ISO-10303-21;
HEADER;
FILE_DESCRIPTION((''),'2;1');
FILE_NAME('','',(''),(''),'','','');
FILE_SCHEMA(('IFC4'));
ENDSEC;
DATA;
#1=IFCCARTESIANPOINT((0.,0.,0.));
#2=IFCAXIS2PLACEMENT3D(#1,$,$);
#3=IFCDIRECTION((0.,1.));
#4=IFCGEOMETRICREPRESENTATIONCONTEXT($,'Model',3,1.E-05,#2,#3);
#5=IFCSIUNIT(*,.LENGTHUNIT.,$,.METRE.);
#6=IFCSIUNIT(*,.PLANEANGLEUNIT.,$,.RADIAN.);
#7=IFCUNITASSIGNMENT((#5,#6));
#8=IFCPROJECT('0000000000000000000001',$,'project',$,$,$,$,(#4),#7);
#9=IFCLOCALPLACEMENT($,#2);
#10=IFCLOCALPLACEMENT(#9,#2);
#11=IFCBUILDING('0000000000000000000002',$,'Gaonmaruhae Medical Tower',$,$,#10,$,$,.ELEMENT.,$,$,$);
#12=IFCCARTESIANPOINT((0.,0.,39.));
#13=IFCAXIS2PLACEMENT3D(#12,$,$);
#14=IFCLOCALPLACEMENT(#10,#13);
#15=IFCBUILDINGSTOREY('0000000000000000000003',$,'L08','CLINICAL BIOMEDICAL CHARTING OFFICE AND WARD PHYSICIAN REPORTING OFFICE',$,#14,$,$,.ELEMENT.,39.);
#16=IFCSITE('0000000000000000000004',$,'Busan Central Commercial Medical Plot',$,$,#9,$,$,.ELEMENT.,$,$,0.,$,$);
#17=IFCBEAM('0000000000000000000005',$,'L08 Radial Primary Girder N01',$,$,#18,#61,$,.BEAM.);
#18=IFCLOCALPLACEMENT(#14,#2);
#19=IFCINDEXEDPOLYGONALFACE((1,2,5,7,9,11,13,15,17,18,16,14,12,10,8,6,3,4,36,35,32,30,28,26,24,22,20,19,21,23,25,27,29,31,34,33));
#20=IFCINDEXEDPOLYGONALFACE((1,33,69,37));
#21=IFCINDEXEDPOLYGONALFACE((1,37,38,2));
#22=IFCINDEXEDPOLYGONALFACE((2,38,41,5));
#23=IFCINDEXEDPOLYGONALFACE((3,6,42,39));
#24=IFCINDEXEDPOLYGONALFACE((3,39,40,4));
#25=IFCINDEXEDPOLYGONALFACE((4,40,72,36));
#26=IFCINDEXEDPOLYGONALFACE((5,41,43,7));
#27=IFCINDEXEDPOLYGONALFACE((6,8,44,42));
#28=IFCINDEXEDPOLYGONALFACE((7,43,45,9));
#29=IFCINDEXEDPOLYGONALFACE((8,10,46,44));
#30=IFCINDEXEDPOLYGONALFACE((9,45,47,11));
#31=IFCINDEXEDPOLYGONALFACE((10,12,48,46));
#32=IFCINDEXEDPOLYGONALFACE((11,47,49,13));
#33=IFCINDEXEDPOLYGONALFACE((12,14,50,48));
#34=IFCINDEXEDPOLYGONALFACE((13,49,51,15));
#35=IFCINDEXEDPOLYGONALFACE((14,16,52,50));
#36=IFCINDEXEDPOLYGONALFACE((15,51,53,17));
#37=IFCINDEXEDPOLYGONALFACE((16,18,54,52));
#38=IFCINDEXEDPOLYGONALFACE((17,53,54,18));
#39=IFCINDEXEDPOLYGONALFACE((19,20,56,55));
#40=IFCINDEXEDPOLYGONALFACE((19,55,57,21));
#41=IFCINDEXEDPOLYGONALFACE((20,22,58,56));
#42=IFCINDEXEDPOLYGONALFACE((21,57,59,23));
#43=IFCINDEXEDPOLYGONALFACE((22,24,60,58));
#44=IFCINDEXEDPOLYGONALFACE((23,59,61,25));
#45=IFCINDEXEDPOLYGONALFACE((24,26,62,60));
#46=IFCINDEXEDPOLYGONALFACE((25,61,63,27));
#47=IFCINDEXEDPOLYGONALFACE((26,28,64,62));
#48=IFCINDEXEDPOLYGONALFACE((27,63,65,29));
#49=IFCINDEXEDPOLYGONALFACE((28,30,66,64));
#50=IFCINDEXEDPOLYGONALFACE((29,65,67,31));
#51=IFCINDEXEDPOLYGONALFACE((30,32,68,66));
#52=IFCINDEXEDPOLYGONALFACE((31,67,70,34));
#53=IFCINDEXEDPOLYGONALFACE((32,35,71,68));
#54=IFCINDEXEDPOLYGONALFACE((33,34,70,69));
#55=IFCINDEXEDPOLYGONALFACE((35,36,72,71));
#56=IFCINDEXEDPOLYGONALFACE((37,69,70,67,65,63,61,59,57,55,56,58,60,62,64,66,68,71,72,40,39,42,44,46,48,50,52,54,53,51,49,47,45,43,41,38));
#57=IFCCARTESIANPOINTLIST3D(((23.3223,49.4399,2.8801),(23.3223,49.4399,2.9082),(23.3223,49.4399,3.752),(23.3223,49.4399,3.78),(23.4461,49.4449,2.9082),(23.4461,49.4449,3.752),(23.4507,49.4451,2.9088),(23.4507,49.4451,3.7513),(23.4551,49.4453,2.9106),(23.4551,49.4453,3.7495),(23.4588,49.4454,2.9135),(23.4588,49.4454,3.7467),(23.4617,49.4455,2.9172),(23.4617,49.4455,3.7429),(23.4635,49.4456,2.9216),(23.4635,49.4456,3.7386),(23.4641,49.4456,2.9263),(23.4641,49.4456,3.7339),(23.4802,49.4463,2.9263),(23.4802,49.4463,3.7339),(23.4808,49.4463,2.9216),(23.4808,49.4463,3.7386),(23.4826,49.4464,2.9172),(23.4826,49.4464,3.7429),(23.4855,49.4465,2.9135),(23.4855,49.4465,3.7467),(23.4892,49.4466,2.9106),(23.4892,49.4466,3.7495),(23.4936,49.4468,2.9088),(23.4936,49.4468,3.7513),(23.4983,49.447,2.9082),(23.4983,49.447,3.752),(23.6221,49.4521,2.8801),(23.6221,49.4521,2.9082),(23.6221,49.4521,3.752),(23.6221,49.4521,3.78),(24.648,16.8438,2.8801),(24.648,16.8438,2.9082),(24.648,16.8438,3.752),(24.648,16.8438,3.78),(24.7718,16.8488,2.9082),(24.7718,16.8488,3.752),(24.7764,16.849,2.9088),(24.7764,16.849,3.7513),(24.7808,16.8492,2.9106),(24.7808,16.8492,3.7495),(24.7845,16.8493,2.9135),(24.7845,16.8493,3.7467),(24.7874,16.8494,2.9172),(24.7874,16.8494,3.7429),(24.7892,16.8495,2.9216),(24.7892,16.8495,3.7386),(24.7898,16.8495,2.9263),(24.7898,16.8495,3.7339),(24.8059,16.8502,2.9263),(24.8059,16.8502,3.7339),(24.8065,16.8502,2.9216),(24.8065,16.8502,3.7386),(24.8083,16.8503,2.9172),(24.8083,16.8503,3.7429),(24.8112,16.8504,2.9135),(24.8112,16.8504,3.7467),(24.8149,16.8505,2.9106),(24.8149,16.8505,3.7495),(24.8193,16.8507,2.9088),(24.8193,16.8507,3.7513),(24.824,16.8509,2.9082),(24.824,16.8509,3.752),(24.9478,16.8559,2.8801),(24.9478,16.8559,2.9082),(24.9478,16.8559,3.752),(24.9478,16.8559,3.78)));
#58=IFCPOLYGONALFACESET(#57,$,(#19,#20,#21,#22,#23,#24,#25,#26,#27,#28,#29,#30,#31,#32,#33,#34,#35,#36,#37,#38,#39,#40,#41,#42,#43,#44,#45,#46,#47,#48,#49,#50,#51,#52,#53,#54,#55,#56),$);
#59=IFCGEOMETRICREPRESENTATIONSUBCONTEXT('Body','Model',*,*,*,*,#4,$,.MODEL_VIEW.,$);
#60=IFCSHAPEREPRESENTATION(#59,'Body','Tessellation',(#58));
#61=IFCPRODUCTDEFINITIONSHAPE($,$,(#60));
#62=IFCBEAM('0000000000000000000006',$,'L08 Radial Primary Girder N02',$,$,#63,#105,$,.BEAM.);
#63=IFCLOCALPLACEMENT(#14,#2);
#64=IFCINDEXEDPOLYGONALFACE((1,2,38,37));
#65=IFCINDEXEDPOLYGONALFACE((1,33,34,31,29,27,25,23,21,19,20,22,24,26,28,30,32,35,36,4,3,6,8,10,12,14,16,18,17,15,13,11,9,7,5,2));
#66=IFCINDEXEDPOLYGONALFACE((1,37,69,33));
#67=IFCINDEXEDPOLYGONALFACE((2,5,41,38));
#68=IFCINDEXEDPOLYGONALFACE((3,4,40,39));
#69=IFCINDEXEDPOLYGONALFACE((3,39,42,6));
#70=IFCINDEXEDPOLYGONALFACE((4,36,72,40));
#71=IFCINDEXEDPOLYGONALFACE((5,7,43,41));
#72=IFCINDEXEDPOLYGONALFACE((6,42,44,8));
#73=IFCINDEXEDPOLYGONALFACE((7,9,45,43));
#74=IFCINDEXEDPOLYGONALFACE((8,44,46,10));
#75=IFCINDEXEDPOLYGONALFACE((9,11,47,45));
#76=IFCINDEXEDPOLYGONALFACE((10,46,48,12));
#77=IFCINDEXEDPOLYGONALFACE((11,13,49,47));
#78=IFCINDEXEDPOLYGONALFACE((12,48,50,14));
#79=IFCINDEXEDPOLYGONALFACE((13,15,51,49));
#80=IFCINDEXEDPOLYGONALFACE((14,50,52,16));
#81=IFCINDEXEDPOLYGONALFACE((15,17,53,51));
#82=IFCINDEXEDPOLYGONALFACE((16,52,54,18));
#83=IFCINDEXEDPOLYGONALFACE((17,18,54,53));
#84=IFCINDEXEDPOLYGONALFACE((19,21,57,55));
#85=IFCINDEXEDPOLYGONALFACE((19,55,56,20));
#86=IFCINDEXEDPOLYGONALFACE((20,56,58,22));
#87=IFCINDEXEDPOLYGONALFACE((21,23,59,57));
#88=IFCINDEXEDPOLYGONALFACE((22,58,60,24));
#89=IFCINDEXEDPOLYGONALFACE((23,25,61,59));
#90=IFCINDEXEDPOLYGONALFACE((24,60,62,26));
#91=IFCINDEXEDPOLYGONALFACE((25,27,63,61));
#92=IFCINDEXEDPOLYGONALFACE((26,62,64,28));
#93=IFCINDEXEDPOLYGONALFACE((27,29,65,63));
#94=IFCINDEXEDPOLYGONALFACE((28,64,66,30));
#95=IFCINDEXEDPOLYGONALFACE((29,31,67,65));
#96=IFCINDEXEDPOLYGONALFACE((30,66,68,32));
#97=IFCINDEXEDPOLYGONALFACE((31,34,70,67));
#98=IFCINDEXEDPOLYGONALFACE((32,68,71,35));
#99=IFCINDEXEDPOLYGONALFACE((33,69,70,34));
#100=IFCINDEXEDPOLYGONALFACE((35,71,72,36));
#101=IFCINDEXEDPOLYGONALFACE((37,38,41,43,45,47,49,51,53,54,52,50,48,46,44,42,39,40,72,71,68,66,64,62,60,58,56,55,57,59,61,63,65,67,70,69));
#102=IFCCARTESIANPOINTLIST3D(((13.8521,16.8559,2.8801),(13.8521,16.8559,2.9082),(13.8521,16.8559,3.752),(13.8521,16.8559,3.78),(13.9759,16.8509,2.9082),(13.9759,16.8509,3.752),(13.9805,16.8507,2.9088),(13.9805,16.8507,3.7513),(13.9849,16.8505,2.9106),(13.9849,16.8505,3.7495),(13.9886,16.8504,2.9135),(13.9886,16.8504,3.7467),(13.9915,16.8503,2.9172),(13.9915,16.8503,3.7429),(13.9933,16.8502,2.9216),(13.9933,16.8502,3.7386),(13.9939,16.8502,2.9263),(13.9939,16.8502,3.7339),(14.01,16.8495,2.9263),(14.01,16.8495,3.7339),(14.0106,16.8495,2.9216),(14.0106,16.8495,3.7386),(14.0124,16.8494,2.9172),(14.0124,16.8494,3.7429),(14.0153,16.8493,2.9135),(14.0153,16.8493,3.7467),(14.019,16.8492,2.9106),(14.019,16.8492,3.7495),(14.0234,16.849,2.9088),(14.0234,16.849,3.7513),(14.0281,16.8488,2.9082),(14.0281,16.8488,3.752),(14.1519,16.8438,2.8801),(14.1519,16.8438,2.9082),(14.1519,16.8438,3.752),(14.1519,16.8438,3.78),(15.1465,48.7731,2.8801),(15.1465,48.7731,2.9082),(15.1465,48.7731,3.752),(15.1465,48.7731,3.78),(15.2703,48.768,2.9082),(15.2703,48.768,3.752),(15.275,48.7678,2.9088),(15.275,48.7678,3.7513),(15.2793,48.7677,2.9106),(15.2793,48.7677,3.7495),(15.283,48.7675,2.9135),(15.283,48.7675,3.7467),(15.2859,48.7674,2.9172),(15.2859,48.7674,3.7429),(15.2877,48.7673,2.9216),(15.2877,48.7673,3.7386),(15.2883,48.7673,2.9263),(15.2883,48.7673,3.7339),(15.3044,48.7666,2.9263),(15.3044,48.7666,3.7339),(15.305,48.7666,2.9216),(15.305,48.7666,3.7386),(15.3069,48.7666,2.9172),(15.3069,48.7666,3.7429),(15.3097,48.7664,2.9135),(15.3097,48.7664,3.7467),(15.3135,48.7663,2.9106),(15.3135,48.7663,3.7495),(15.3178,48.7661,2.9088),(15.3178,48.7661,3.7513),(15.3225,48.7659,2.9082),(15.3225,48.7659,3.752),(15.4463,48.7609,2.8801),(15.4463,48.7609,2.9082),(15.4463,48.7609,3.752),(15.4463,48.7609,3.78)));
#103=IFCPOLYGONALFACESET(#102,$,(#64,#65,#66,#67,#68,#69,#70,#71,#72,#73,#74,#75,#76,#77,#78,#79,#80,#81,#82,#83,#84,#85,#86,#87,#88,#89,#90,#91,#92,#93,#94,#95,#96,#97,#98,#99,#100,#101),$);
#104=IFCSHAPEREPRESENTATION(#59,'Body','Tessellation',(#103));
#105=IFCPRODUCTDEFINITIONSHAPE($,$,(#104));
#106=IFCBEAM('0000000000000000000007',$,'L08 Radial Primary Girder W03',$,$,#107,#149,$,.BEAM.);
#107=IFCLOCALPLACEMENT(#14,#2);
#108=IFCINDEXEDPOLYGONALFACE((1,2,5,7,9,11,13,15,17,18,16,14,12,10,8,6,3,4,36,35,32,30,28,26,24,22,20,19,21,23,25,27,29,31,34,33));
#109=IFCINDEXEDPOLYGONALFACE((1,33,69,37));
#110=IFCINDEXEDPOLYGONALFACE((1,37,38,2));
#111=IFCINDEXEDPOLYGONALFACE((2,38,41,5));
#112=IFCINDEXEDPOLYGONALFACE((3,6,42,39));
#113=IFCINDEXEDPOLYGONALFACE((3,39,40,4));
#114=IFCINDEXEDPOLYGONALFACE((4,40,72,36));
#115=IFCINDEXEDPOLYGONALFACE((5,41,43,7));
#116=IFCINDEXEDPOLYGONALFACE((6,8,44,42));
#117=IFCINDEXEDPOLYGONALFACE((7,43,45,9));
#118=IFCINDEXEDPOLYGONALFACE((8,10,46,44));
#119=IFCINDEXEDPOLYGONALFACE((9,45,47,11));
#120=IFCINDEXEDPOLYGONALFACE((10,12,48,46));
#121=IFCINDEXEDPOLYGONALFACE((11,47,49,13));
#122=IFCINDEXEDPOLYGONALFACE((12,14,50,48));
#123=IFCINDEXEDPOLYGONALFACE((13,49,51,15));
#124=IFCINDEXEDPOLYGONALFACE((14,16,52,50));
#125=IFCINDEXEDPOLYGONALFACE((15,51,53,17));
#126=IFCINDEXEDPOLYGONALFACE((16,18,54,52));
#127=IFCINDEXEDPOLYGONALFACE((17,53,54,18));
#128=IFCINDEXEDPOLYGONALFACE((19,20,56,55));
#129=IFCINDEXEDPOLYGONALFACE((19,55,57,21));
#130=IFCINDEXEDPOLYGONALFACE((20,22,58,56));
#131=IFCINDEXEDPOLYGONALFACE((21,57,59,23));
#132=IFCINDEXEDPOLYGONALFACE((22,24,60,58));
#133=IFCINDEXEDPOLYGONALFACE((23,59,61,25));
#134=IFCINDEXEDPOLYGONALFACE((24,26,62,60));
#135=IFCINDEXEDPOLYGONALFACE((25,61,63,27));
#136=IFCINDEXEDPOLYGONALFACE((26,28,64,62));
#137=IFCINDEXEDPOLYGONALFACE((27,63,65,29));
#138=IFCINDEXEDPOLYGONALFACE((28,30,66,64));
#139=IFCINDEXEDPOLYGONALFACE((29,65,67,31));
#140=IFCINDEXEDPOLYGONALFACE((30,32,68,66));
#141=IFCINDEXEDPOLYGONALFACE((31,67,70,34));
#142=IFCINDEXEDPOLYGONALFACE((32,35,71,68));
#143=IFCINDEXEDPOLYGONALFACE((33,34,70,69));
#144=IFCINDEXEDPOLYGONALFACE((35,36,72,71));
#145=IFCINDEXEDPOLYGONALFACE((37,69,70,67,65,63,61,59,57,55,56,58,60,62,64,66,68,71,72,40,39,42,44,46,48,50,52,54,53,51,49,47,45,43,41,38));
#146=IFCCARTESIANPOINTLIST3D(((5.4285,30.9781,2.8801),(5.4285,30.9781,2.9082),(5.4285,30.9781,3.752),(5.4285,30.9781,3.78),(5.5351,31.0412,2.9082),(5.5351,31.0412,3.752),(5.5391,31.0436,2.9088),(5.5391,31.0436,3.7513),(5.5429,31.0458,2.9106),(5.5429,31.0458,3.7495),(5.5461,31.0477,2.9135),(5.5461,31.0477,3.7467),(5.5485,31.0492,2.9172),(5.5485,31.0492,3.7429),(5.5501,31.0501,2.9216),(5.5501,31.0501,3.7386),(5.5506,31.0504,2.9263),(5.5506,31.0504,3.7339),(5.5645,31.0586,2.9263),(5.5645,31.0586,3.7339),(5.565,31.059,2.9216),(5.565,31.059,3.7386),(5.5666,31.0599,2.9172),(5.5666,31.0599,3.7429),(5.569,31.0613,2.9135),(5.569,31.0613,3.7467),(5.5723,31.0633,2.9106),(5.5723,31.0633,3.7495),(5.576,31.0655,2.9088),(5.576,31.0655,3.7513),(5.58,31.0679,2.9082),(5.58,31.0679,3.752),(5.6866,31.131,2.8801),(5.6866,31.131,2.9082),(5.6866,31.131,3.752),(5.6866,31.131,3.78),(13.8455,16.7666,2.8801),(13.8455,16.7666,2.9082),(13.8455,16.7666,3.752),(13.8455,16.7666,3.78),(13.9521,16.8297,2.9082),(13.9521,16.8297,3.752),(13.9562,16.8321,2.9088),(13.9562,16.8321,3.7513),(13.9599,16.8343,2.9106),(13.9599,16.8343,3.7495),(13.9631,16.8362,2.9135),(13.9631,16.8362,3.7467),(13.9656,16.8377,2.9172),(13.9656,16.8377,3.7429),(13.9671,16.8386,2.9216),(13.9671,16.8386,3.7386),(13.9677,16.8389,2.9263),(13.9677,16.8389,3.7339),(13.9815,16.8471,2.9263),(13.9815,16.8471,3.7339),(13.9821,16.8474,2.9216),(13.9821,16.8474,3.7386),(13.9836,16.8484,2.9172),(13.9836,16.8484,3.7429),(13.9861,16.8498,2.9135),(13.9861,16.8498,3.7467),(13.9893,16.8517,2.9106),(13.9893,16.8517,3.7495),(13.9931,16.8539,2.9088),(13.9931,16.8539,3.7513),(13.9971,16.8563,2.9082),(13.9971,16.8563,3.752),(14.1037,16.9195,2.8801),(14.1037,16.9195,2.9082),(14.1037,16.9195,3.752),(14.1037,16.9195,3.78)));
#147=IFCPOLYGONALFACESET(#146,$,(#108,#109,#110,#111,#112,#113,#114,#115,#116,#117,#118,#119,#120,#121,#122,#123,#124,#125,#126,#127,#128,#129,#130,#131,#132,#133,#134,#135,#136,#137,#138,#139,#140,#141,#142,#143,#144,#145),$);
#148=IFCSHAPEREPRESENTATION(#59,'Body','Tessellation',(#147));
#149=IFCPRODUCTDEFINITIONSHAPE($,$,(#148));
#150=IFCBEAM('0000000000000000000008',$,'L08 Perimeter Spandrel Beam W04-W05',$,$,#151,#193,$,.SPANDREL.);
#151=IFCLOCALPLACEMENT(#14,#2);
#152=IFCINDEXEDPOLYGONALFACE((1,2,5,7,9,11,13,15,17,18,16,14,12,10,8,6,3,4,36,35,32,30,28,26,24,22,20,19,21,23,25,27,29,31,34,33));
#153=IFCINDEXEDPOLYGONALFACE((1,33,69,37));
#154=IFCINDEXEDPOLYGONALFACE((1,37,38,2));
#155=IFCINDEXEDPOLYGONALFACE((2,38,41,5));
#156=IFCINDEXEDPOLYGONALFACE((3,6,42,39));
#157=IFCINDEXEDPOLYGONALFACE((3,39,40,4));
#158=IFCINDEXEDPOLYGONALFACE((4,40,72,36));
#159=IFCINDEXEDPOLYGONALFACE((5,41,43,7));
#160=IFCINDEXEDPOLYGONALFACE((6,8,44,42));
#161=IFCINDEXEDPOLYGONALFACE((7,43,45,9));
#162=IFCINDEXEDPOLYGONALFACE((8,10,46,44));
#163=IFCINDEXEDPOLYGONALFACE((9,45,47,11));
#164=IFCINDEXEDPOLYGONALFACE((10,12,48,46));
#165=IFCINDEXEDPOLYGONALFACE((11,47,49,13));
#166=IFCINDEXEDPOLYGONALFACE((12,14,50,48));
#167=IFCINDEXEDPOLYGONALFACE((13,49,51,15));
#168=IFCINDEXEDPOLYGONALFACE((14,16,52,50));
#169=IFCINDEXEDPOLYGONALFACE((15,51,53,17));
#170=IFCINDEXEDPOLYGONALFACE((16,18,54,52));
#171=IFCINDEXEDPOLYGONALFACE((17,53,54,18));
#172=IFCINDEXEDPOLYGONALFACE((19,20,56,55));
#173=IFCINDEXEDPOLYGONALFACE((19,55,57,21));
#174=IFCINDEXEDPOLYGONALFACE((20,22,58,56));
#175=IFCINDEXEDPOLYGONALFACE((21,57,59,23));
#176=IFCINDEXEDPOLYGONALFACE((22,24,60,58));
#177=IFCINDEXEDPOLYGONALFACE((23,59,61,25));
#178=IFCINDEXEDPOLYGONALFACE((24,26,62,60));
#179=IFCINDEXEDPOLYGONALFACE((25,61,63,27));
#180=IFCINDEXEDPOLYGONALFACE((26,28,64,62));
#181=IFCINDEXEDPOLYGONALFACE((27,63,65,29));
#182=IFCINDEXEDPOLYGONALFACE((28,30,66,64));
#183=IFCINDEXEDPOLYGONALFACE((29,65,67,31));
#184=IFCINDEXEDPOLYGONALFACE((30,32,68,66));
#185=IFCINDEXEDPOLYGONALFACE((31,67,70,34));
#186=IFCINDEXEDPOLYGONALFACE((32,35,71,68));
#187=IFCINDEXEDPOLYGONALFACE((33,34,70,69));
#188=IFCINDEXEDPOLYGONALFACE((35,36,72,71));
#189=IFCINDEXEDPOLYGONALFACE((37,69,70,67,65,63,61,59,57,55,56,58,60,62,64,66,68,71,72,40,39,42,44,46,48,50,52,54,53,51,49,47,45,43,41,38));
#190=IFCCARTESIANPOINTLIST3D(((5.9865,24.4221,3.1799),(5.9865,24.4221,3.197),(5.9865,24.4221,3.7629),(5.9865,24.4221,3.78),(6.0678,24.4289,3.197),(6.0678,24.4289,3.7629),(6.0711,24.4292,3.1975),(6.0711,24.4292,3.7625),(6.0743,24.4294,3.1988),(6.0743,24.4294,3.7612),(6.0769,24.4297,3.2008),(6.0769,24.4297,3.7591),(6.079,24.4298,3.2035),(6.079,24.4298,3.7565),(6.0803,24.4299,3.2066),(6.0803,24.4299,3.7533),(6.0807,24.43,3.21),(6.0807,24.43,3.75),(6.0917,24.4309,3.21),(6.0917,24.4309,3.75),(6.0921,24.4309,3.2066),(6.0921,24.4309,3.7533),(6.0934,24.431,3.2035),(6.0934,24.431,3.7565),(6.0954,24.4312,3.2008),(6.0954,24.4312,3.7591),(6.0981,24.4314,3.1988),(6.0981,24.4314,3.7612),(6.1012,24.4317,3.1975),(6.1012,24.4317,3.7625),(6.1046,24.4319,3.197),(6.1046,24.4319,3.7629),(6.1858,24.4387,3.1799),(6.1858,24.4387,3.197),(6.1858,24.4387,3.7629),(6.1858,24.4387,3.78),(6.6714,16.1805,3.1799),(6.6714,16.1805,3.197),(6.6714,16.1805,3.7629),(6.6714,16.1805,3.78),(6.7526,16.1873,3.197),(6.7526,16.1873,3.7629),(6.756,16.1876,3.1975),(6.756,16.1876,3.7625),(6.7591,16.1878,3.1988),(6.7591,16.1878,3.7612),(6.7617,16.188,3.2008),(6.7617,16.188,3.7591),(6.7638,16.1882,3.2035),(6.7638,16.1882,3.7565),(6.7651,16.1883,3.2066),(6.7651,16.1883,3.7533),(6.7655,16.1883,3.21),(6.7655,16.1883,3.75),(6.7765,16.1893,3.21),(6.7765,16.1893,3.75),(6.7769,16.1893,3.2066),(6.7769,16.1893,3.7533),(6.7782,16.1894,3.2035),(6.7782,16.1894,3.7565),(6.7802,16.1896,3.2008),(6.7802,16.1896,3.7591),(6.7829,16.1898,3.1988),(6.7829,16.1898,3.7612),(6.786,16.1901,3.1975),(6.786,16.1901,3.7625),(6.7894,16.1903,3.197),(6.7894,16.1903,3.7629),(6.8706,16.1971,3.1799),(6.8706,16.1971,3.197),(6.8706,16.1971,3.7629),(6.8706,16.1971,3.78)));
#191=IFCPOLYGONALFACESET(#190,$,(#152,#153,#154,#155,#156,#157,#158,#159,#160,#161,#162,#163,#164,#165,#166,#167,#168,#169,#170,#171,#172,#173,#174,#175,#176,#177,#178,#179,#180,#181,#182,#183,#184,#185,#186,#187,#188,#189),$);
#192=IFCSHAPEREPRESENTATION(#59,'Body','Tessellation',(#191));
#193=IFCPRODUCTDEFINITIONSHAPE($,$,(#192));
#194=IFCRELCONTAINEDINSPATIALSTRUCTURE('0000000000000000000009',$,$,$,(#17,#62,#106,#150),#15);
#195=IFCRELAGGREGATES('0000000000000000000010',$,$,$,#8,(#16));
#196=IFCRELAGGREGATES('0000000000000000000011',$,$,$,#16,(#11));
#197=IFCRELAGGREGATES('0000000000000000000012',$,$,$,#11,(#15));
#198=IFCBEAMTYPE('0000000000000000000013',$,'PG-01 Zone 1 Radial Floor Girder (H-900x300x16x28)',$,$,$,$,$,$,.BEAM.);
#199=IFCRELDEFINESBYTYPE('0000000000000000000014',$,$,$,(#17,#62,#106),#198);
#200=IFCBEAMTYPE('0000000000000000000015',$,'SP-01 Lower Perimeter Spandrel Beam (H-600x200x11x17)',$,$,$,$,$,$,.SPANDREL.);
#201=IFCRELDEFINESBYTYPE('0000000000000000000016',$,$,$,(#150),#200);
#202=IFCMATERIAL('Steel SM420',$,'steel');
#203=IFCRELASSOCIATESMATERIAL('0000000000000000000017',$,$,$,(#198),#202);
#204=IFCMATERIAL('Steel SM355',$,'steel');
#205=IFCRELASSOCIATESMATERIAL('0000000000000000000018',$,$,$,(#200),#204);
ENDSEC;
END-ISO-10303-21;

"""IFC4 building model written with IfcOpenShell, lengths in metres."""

from ifc_helpers import new_model, si_unit, direction, frame, origin, origin_2d, place, context, subcontext, project, spatial, i_section, extrude, material, material_profile, profile_set, type_object, element, save


model = new_model("IFC4")

# Units and contexts
model_context = context("Model", 3, precision=1e-05, world=origin(), true_north=direction((0.0, 1.0)))
body_context = subcontext(model_context, "Body", "Model", "MODEL_VIEW")
ifc_project = project(units=[si_unit("LENGTHUNIT", "METRE"), si_unit("PLANEANGLEUNIT", "RADIAN")], contexts=[model_context])

# Site, building, storey
site_placement = place(None, origin())
site = spatial("IfcSite", under=ifc_project, at=site_placement, Name="Busan Central Commercial Medical Plot", CompositionType="ELEMENT", RefElevation=0.0)
building_placement = place(site_placement, origin())
building = spatial("IfcBuilding", under=site, at=building_placement, Name="Gaonmaruhae Medical Tower", CompositionType="ELEMENT")
storey_placement = place(building_placement, frame((0.0, 0.0, 39.0)))
storey = spatial("IfcBuildingStorey", under=building, at=storey_placement, Name="L08", Description="CLINICAL BIOMEDICAL CHARTING OFFICE AND WARD PHYSICIAN REPORTING OFFICE", CompositionType="ELEMENT", Elevation=39.0)

# Beams
ifc_material_1 = material(Name="Steel SM355", Category="steel")
ifc_material_2 = material(Name="Steel SM420", Category="steel")
ifc_material_profile_1 = material_profile(ifc_material_2, i_section(OverallWidth=0.3, OverallDepth=0.8999, WebThickness=0.0161, FlangeThickness=0.0281, FilletRadius=0.0181, at=origin_2d()), Name="H-900x300x16x28")
ifc_profile_set_1 = profile_set([ifc_material_profile_1], Name="Steel SM420")
beam_type_1 = type_object("IfcBeamType", Name="PG-01 Zone 1 Radial Floor Girder (H-900x300x16x28)", PredefinedType="BEAM", material=ifc_profile_set_1)
beam_1_placement = place(storey_placement, frame((24.7979, 16.8499, 3.3301), z_axis=(-0.040636, 0.999174, 0.0), x_axis=(-0.999174, -0.040636, 0.0)))
element("IfcBeam", 1, at=beam_1_placement, inside=storey, type_object=beam_type_1, Name="L08 Radial Primary Girder N01", PredefinedType="BEAM", context=body_context, shape_type="SweptSolid", body=[
    extrude(i_section(OverallWidth=0.3, OverallDepth=0.8999, WebThickness=0.0161, FlangeThickness=0.0281, FilletRadius=0.0181, at=origin_2d()), origin(), (0.0, 0.0, 1.0), 32.623),
])
beam_2_placement = place(storey_placement, frame((14.002, 16.8499, 3.3301), z_axis=(0.040523, 0.999179, 0.0), x_axis=(-0.999179, 0.040523, 0.0)))
element("IfcBeam", 2, at=beam_2_placement, inside=storey, type_object=beam_type_1, Name="L08 Radial Primary Girder N02", PredefinedType="BEAM", context=body_context, shape_type="SweptSolid", body=[
    extrude(i_section(OverallWidth=0.3, OverallDepth=0.8999, WebThickness=0.0161, FlangeThickness=0.0281, FilletRadius=0.0181, at=origin_2d()), origin(), (0.0, 0.0, 1.0), 31.9434),
])
beam_3_placement = place(storey_placement, frame((13.9746, 16.843, 3.3301), z_axis=(-0.509597, 0.860413, 0.0), x_axis=(-0.860413, -0.509597, 0.0)))
element("IfcBeam", 3, at=beam_3_placement, inside=storey, type_object=beam_type_1, Name="L08 Radial Primary Girder W03", PredefinedType="BEAM", context=body_context, shape_type="SweptSolid", body=[
    extrude(i_section(OverallWidth=0.3, OverallDepth=0.8999, WebThickness=0.0161, FlangeThickness=0.0281, FilletRadius=0.0181, at=origin_2d()), origin(), (0.0, 0.0, 1.0), 16.5171),
])
ifc_material_profile_2 = material_profile(ifc_material_1, i_section(OverallWidth=0.2, OverallDepth=0.6001, WebThickness=0.011, FlangeThickness=0.0171, FilletRadius=0.0129, at=origin_2d()), Name="H-600x200x11x17")
ifc_profile_set_2 = profile_set([ifc_material_profile_2], Name="Steel SM355")
beam_type_2 = type_object("IfcBeamType", Name="SP-01 Lower Perimeter Spandrel Beam (H-600x200x11x17)", PredefinedType="SPANDREL", material=ifc_profile_set_2)
beam_4_placement = place(storey_placement, frame((6.0862, 24.4304, 3.48), z_axis=(0.082806, -0.996566, 0.0), x_axis=(0.996566, 0.082806, 0.0)))
element("IfcBeam", 4, at=beam_4_placement, inside=storey, type_object=beam_type_2, Name="L08 Perimeter Spandrel Beam W04-W05", PredefinedType="SPANDREL", context=body_context, shape_type="SweptSolid", body=[
    extrude(i_section(OverallWidth=0.2, OverallDepth=0.6001, WebThickness=0.011, FlangeThickness=0.0171, FilletRadius=0.0129, at=origin_2d()), origin(), (0.0, 0.0, 1.0), 8.27),
])

save(model, "model.ifc")
